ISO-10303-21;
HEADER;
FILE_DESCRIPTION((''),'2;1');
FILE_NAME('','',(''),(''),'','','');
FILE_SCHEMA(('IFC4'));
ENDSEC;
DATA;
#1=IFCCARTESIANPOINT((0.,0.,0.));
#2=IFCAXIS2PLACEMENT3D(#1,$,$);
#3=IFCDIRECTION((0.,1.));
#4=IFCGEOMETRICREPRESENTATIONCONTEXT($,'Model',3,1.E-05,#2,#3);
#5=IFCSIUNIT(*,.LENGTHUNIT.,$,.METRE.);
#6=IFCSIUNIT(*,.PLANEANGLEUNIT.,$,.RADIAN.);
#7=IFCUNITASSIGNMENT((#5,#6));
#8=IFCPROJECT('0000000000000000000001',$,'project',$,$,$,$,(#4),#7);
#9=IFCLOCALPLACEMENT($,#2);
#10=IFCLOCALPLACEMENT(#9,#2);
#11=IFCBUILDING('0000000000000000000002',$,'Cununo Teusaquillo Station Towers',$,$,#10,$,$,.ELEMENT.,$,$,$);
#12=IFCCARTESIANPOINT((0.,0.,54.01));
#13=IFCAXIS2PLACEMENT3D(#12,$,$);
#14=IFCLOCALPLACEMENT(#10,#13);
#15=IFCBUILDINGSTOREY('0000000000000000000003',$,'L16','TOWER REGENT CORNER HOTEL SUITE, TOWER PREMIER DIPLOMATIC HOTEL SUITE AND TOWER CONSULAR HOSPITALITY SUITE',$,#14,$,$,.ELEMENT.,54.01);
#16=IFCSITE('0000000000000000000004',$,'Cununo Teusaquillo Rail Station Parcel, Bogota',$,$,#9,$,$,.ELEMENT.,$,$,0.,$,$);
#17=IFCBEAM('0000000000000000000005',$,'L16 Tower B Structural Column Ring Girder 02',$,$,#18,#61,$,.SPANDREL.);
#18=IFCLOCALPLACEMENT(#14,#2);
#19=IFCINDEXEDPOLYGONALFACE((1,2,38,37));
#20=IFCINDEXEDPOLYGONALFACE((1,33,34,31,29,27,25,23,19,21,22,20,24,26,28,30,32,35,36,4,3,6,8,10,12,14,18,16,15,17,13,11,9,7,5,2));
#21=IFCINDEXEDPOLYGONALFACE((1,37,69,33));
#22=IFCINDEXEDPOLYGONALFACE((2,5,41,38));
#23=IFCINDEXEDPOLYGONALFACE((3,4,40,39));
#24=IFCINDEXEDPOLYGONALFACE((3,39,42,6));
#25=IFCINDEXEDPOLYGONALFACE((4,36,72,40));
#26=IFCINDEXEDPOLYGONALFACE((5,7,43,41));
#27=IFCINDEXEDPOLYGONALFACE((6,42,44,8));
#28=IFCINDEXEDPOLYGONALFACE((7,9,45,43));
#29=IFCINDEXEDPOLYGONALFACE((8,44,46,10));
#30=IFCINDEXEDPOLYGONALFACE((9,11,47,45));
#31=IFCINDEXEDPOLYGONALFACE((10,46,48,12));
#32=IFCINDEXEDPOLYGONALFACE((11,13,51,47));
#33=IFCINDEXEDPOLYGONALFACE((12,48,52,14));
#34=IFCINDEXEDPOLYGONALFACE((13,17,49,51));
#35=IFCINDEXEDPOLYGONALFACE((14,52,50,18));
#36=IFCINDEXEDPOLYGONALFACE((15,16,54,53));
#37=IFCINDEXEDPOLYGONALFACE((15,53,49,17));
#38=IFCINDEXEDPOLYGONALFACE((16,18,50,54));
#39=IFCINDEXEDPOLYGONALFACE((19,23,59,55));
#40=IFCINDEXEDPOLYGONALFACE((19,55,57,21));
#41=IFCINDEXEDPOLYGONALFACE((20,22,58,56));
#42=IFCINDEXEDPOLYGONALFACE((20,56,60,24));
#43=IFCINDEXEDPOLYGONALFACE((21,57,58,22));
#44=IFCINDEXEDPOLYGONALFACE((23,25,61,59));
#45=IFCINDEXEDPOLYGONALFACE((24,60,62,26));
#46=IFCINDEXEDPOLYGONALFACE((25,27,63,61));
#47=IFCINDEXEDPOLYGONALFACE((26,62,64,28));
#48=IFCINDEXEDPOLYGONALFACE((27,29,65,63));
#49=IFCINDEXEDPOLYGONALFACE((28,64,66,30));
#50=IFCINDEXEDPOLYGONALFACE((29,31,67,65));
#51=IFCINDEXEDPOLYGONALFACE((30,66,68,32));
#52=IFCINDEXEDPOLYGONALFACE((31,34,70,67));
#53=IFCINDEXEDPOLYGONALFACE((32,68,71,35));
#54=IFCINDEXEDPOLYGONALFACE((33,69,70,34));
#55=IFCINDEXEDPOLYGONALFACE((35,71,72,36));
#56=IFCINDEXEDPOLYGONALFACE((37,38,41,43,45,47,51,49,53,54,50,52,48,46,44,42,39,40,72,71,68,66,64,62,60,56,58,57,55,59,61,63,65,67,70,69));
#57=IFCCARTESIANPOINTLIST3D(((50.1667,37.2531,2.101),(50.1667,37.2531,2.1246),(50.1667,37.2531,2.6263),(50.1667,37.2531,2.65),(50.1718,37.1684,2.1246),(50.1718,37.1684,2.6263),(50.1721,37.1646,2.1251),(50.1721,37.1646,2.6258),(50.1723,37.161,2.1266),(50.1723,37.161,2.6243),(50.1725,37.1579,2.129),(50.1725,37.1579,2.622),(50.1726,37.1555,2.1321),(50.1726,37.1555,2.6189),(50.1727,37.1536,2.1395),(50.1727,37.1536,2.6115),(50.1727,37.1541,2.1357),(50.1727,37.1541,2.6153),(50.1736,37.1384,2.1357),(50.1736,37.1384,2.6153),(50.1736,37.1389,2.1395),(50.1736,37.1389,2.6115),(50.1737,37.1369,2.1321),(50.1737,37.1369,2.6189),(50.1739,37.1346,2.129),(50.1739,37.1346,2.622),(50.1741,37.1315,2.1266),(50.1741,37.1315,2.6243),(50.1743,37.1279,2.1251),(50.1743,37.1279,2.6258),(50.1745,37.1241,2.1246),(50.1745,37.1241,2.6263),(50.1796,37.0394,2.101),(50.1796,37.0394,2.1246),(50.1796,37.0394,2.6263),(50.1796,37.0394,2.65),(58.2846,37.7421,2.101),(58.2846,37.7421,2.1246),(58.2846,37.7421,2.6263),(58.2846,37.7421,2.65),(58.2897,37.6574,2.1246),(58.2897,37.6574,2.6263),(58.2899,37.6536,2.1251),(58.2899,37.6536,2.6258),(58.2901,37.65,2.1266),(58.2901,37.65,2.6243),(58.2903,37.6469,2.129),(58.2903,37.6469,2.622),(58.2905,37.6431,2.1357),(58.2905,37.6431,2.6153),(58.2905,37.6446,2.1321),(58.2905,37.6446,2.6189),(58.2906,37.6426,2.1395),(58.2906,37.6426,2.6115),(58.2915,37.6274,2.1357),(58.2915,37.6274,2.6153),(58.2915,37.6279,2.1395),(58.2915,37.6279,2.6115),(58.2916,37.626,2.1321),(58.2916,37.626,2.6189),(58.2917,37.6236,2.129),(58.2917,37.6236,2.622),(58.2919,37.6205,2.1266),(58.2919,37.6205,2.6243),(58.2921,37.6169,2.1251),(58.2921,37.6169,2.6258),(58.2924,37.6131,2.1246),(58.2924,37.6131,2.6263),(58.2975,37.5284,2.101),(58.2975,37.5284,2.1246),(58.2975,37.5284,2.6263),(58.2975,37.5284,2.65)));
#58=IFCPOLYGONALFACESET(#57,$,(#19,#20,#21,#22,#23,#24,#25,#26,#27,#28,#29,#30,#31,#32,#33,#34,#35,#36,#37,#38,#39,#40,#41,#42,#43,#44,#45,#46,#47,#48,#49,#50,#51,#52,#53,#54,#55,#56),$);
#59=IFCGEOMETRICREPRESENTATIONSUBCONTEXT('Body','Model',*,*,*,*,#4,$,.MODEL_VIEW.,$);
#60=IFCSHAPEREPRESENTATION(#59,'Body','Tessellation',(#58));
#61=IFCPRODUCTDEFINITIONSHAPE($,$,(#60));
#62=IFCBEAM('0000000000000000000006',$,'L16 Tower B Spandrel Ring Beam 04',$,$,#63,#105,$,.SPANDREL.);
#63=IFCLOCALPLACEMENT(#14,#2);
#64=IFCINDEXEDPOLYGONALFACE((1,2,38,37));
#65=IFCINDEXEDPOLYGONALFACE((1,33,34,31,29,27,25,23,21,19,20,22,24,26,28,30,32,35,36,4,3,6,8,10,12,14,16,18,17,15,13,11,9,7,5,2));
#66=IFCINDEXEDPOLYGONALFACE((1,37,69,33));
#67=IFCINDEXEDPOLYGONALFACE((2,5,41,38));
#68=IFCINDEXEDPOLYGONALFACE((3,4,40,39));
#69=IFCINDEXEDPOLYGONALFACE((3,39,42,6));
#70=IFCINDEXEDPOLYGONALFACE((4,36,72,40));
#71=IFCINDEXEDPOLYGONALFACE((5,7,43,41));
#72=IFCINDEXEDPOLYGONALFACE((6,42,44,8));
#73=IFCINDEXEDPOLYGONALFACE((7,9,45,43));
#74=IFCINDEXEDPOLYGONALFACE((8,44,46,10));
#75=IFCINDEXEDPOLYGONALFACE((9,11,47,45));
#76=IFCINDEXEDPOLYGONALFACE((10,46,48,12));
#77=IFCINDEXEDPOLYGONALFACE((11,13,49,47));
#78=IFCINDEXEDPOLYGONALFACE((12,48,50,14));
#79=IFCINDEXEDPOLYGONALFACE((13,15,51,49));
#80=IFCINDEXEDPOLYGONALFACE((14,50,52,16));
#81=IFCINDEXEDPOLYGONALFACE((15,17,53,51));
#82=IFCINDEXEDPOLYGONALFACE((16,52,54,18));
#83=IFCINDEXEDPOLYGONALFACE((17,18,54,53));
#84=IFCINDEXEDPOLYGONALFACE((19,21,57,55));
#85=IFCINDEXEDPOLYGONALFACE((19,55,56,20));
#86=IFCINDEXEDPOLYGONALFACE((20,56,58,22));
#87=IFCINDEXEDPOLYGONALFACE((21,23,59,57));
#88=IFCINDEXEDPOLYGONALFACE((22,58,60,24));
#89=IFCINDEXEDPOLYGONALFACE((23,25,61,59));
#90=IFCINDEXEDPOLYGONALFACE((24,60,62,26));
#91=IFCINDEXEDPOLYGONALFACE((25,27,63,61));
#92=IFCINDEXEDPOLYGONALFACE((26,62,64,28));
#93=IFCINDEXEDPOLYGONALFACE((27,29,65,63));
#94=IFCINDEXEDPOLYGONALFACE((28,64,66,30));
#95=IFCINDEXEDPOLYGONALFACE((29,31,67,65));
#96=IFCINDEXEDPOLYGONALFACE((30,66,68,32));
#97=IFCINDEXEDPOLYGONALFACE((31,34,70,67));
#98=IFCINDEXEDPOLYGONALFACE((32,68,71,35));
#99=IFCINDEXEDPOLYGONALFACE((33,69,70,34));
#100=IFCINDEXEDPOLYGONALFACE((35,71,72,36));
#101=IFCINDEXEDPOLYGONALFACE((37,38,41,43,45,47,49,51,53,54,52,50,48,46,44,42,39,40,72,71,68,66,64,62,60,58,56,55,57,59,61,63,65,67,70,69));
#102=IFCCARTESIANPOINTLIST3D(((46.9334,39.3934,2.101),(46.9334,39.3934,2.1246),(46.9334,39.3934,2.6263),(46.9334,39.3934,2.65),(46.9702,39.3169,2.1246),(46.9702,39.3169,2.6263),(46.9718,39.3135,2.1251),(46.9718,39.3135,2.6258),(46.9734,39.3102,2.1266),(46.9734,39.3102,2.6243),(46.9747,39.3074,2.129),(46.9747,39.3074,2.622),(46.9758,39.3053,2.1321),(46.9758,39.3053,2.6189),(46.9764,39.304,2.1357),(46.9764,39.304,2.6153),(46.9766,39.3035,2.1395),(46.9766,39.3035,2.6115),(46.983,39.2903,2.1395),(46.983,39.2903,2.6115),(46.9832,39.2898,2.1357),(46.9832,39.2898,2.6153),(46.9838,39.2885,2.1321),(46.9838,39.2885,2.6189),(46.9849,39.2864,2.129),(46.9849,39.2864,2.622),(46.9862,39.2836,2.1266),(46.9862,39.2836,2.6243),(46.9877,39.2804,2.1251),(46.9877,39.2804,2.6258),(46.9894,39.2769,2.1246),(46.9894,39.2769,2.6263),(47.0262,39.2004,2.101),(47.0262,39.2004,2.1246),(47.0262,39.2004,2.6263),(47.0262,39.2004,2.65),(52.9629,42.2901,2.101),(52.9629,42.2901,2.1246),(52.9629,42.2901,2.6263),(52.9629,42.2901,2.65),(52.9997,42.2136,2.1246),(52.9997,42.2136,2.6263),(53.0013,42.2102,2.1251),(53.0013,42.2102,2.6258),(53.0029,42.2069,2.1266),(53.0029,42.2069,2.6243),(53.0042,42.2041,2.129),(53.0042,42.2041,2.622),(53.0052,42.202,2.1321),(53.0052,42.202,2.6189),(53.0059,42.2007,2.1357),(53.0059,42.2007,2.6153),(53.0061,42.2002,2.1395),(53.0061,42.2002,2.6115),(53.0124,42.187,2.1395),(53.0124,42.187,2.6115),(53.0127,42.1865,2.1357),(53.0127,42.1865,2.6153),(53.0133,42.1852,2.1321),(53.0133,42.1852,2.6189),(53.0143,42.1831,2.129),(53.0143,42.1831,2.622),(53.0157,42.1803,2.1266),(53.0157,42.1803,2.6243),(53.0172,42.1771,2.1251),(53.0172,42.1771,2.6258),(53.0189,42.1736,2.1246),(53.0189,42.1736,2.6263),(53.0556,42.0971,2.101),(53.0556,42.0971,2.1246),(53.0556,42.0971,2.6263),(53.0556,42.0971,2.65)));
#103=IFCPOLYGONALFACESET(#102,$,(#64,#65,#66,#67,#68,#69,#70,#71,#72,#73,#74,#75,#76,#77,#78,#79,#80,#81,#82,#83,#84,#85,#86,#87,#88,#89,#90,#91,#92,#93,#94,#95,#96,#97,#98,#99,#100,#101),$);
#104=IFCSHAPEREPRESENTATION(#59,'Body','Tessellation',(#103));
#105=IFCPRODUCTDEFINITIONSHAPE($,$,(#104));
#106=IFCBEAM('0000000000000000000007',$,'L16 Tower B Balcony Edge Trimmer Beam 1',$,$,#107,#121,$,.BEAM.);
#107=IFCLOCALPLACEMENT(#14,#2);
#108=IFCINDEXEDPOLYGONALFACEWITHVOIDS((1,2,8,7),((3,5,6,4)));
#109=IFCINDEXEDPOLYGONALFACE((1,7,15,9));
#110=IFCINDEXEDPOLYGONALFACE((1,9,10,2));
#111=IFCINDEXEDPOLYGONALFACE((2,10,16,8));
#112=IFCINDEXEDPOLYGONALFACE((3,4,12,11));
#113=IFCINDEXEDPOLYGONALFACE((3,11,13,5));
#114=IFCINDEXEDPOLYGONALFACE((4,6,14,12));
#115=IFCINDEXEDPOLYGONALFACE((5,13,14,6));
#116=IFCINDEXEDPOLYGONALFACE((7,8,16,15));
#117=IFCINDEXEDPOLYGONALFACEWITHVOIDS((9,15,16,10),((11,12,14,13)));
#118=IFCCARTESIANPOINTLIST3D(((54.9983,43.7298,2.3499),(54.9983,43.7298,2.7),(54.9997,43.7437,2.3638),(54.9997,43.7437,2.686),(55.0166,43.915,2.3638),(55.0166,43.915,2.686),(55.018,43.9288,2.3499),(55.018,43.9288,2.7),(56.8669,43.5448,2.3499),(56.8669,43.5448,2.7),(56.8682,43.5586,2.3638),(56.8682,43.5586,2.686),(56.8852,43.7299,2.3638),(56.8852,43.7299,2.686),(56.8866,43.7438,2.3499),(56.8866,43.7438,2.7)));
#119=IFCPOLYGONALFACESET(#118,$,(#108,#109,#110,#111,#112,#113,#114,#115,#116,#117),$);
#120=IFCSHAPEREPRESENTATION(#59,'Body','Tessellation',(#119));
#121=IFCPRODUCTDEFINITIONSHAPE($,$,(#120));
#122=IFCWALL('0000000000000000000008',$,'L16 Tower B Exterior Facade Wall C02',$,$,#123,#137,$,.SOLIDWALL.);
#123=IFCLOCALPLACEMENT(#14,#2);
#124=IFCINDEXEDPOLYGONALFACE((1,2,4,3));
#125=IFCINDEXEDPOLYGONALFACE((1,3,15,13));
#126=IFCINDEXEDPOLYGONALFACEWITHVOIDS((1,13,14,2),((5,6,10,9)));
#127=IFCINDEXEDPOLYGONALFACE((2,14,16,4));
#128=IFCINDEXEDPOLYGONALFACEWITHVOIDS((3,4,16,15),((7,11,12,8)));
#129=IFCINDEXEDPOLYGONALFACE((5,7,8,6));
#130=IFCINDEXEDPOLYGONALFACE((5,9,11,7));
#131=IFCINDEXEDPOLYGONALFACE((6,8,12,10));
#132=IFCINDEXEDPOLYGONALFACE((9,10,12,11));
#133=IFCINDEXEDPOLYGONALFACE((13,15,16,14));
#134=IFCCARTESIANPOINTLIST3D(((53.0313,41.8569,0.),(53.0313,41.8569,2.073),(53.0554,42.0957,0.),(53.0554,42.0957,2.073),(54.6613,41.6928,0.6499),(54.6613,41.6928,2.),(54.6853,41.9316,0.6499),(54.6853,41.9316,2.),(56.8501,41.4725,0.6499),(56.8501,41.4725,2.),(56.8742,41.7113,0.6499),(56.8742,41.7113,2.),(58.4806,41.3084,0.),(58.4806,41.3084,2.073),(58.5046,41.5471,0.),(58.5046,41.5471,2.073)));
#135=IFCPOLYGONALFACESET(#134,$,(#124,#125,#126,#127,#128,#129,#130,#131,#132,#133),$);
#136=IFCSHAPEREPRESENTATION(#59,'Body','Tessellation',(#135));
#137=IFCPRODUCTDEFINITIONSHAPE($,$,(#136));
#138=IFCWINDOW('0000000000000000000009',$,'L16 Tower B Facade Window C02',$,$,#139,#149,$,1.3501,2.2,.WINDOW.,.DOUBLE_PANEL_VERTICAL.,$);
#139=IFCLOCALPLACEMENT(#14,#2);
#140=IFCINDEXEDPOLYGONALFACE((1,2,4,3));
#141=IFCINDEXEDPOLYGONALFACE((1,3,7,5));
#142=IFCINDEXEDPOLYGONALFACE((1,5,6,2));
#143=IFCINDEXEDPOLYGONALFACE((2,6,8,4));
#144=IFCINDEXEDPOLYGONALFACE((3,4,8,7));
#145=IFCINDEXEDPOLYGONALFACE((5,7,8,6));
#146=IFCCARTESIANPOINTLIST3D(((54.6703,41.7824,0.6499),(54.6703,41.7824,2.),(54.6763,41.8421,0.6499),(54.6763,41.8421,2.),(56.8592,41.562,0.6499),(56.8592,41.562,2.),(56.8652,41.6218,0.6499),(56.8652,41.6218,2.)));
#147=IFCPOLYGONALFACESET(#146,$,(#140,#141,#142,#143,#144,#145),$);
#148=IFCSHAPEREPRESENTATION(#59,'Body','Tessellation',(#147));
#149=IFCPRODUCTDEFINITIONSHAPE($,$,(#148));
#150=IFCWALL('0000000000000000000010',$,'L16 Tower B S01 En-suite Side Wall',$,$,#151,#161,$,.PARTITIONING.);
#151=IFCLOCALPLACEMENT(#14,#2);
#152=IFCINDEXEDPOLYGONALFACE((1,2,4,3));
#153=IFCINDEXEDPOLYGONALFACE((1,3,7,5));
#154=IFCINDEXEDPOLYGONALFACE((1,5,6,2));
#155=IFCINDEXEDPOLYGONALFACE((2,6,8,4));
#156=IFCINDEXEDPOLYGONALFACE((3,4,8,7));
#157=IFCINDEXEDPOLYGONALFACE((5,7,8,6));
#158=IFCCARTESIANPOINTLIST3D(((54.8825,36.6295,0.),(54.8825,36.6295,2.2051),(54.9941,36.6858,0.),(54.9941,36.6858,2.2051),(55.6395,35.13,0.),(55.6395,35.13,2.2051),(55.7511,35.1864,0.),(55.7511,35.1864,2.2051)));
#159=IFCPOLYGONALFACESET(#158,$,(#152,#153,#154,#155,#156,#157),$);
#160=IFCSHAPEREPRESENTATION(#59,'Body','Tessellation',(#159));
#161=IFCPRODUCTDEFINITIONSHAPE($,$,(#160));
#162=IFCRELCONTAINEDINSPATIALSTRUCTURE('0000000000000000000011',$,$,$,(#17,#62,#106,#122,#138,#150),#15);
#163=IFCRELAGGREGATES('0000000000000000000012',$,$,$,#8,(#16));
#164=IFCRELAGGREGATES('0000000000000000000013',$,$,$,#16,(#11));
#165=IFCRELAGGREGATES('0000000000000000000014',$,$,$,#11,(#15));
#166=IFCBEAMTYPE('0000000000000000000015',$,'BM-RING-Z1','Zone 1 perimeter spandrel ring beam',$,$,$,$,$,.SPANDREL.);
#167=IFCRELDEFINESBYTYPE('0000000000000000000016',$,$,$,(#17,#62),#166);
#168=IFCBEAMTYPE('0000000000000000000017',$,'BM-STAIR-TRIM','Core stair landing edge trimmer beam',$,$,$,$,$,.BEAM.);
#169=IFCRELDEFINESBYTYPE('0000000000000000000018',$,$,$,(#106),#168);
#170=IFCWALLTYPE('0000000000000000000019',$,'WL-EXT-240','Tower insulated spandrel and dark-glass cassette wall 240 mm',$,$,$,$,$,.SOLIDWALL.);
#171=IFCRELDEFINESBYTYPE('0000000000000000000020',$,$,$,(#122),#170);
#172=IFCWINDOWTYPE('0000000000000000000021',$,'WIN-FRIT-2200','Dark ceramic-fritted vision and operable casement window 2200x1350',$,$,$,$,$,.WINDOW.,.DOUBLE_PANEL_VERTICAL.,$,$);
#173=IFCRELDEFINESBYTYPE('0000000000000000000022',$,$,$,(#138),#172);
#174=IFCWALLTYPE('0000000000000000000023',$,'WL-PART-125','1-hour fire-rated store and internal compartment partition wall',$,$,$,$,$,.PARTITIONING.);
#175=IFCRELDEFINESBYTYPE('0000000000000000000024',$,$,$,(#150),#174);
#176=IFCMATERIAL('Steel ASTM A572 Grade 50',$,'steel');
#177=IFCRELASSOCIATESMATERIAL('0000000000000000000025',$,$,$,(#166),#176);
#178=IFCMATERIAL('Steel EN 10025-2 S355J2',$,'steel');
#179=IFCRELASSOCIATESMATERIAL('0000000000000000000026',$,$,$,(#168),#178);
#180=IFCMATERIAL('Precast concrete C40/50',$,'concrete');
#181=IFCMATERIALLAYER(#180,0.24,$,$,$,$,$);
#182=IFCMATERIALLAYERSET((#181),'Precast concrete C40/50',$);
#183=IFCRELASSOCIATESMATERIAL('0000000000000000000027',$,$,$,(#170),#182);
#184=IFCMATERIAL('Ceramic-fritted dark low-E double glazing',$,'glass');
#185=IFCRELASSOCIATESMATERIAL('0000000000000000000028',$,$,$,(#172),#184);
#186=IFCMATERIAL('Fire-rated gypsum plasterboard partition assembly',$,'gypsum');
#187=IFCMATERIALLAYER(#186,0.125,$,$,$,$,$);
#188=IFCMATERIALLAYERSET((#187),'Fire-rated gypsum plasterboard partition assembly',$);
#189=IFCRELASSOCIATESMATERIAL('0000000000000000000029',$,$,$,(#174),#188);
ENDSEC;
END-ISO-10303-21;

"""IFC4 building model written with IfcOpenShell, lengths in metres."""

from ifc_helpers import new_model, si_unit, direction, frame, frame_2d, origin, origin_2d, place, context, subcontext, project, spatial, rectangle, hollow_rectangle, i_section, extrude, source, transform, mapped, material, layer, layer_set, material_profile, profile_set, type_object, element, fill, save


model = new_model("IFC4")

# Units and contexts
model_context = context("Model", 3, precision=1e-05, world=origin(), true_north=direction((0.0, 1.0)))
body_context = subcontext(model_context, "Body", "Model", "MODEL_VIEW")
ifc_project = project(units=[si_unit("LENGTHUNIT", "METRE"), si_unit("PLANEANGLEUNIT", "RADIAN")], contexts=[model_context])

# Site, building, storey
site_placement = place(None, origin())
site = spatial("IfcSite", under=ifc_project, at=site_placement, Name="Cununo Teusaquillo Rail Station Parcel, Bogota", CompositionType="ELEMENT", RefElevation=0.0)
building_placement = place(site_placement, origin())
building = spatial("IfcBuilding", under=site, at=building_placement, Name="Cununo Teusaquillo Station Towers", CompositionType="ELEMENT")
storey_placement = place(building_placement, frame((0.0, 0.0, 54.01)))
storey = spatial("IfcBuildingStorey", under=building, at=storey_placement, Name="L16", Description="TOWER REGENT CORNER HOTEL SUITE, TOWER PREMIER DIPLOMATIC HOTEL SUITE AND TOWER CONSULAR HOSPITALITY SUITE", CompositionType="ELEMENT", Elevation=54.01)

# Beams
ifc_material_1 = material(Name="Steel ASTM A572 Grade 50", Category="steel")
ifc_material_profile_1 = material_profile(ifc_material_1, i_section(OverallWidth=0.2141, OverallDepth=0.5491, WebThickness=0.0146, FlangeThickness=0.0237, FilletRadius=0.0149, at=origin_2d()), Name="W21X93")
ifc_profile_set_1 = profile_set([ifc_material_profile_1], Name="Steel ASTM A572 Grade 50")
beam_type_1 = type_object("IfcBeamType", Name="BM-RING-Z1", Description="Zone 1 perimeter spandrel ring beam", PredefinedType="SPANDREL", material=ifc_profile_set_1)
beam_1_placement = place(storey_placement, frame((58.291, 37.6353, 2.3755), z_axis=(-0.998191, -0.06013, 0.0), x_axis=(0.06013, -0.998191, 0.0)))
element("IfcBeam", 1, at=beam_1_placement, inside=storey, type_object=beam_type_1, Name="L16 Tower B Structural Column Ring Girder 02", PredefinedType="SPANDREL", context=body_context, shape_type="SweptSolid", body=[
    extrude(i_section(OverallWidth=0.2141, OverallDepth=0.5491, WebThickness=0.0146, FlangeThickness=0.0237, FilletRadius=0.0149, at=origin_2d()), origin(), (0.0, 0.0, 1.0), 8.1326),
])
beam_2_placement = place(storey_placement, frame((53.0093, 42.1936, 2.3755), z_axis=(-0.901374, -0.433041, 0.0), x_axis=(0.433041, -0.901374, 0.0)))
element("IfcBeam", 2, at=beam_2_placement, inside=storey, type_object=beam_type_1, Name="L16 Tower B Spandrel Ring Beam 04", PredefinedType="SPANDREL", context=body_context, shape_type="SweptSolid", body=[
    extrude(i_section(OverallWidth=0.2141, OverallDepth=0.5491, WebThickness=0.0146, FlangeThickness=0.0237, FilletRadius=0.0149, at=origin_2d()), origin(), (0.0, 0.0, 1.0), 6.6892),
])
ifc_material_2 = material(Name="Steel EN 10025-2 S355J2", Category="steel")
ifc_material_profile_2 = material_profile(ifc_material_2, hollow_rectangle(XDim=0.2, YDim=0.3501, WallThickness=0.0139, at=origin_2d()), Name="RHS 350x200x14")
ifc_profile_set_2 = profile_set([ifc_material_profile_2], Name="Steel EN 10025-2 S355J2")
beam_type_2 = type_object("IfcBeamType", Name="BM-STAIR-TRIM", Description="Core stair landing edge trimmer beam", PredefinedType="BEAM", material=ifc_profile_set_2)
beam_3_placement = place(storey_placement, frame((56.8767, 43.6443, 2.5249), z_axis=(-0.995132, 0.098551, 0.0), x_axis=(-0.098551, -0.995132, 0.0)))
element("IfcBeam", 3, at=beam_3_placement, inside=storey, type_object=beam_type_2, Name="L16 Tower B Balcony Edge Trimmer Beam 1", PredefinedType="BEAM", context=body_context, shape_type="SweptSolid", body=[
    extrude(hollow_rectangle(XDim=0.2, YDim=0.3501, WallThickness=0.0139, at=origin_2d()), origin(), (0.0, 0.0, 1.0), 1.8777),
])

# Wall, opening, window
ifc_material_3 = material(Name="Precast concrete C40/50", Category="concrete")
ifc_layer_1 = layer(ifc_material_3, 0.24)
ifc_layer_set_1 = layer_set([ifc_layer_1], Name="Precast concrete C40/50")
wall_type_1 = type_object("IfcWallType", Name="WL-EXT-240", Description="Tower insulated spandrel and dark-glass cassette wall 240 mm", PredefinedType="SOLIDWALL", material=ifc_layer_set_1)
wall_1_placement = place(storey_placement, frame((53.0435, 41.9763, 0.0), z_axis=(0.0, 0.0, 1.0), x_axis=(0.994971, -0.100166, 0.0)))
wall_1 = element("IfcWall", 4, at=wall_1_placement, inside=storey, type_object=wall_type_1, Name="L16 Tower B Exterior Facade Wall C02", PredefinedType="SOLIDWALL", context=body_context, shape_type="SweptSolid", body=[
    extrude(rectangle(XDim=5.4768, YDim=0.24, at=frame_2d((2.7383, 0.0))), origin(), (0.0, 0.0, 1.0), 2.073),
])
shared_shape_1 = source(origin(), body_context, "Body", "SweptSolid", [
    extrude(rectangle(XDim=2.2, YDim=1.3501, at=frame_2d((1.1001, 0.675))), frame((0.0, 0.1299, 0.0), z_axis=(0.0, -1.0, 0.0), x_axis=(1.0, 0.0, 0.0)), (0.0, 0.0, 1.0), 0.26),
])
opening_1_placement = place(wall_1_placement, frame((1.6379, 0.0, 0.6499)))
opening_1 = element("IfcOpeningElement", 5, at=opening_1_placement, cuts=wall_1, PredefinedType="OPENING", context=body_context, shape_type="MappedRepresentation", body=[
    mapped(shared_shape_1, transform((0.0, 0.0, 0.0), x_axis=(1.0, 0.0, 0.0), y_axis=(0.0, 1.0, 0.0), z_axis=(0.0, 0.0, 1.0), scale=1.0)),
])
ifc_material_4 = material(Name="Ceramic-fritted dark low-E double glazing", Category="glass")
window_type = type_object("IfcWindowType", Name="WIN-FRIT-2200", Description="Dark ceramic-fritted vision and operable casement window 2200x1350", PartitioningType="DOUBLE_PANEL_VERTICAL", PredefinedType="WINDOW", material=ifc_material_4)
shared_shape_2 = source(origin(), body_context, "Body", "SweptSolid", [
    extrude(rectangle(XDim=2.2, YDim=1.3501, at=frame_2d((1.1001, 0.675))), frame((0.0, 0.03, 0.0), z_axis=(0.0, -1.0, 0.0), x_axis=(1.0, 0.0, 0.0)), (0.0, 0.0, 1.0), 0.0601),
])
window_placement = place(opening_1_placement, origin())
window = element("IfcWindow", 6, at=window_placement, inside=storey, type_object=window_type, Name="L16 Tower B Facade Window C02", OverallHeight=1.3501, OverallWidth=2.2, PartitioningType="DOUBLE_PANEL_VERTICAL", PredefinedType="WINDOW", context=body_context, shape_type="MappedRepresentation", body=[
    mapped(shared_shape_2, transform((0.0, 0.0, 0.0), x_axis=(1.0, 0.0, 0.0), y_axis=(0.0, 1.0, 0.0), z_axis=(0.0, 0.0, 1.0), scale=1.0)),
])
fill(opening_1, window)

# Wall
ifc_material_5 = material(Name="Fire-rated gypsum plasterboard partition assembly", Category="gypsum")
ifc_layer_2 = layer(ifc_material_5, 0.125)
ifc_layer_set_2 = layer_set([ifc_layer_2], Name="Fire-rated gypsum plasterboard partition assembly")
wall_type_2 = type_object("IfcWallType", Name="WL-PART-125", Description="1-hour fire-rated store and internal compartment partition wall", PredefinedType="PARTITIONING", material=ifc_layer_set_2)
wall_2_placement = place(storey_placement, frame((55.6953, 35.1582, 0.0), z_axis=(0.0, 0.0, 1.0), x_axis=(-0.450698, 0.892676, 0.0)))
element("IfcWall", 7, at=wall_2_placement, inside=storey, type_object=wall_type_2, Name="L16 Tower B S01 En-suite Side Wall", PredefinedType="PARTITIONING", context=body_context, shape_type="SweptSolid", body=[
    extrude(rectangle(XDim=1.6797, YDim=0.125, at=frame_2d((0.8398, 0.0))), origin(), (0.0, 0.0, 1.0), 2.2051),
])

save(model, "model.ifc")
